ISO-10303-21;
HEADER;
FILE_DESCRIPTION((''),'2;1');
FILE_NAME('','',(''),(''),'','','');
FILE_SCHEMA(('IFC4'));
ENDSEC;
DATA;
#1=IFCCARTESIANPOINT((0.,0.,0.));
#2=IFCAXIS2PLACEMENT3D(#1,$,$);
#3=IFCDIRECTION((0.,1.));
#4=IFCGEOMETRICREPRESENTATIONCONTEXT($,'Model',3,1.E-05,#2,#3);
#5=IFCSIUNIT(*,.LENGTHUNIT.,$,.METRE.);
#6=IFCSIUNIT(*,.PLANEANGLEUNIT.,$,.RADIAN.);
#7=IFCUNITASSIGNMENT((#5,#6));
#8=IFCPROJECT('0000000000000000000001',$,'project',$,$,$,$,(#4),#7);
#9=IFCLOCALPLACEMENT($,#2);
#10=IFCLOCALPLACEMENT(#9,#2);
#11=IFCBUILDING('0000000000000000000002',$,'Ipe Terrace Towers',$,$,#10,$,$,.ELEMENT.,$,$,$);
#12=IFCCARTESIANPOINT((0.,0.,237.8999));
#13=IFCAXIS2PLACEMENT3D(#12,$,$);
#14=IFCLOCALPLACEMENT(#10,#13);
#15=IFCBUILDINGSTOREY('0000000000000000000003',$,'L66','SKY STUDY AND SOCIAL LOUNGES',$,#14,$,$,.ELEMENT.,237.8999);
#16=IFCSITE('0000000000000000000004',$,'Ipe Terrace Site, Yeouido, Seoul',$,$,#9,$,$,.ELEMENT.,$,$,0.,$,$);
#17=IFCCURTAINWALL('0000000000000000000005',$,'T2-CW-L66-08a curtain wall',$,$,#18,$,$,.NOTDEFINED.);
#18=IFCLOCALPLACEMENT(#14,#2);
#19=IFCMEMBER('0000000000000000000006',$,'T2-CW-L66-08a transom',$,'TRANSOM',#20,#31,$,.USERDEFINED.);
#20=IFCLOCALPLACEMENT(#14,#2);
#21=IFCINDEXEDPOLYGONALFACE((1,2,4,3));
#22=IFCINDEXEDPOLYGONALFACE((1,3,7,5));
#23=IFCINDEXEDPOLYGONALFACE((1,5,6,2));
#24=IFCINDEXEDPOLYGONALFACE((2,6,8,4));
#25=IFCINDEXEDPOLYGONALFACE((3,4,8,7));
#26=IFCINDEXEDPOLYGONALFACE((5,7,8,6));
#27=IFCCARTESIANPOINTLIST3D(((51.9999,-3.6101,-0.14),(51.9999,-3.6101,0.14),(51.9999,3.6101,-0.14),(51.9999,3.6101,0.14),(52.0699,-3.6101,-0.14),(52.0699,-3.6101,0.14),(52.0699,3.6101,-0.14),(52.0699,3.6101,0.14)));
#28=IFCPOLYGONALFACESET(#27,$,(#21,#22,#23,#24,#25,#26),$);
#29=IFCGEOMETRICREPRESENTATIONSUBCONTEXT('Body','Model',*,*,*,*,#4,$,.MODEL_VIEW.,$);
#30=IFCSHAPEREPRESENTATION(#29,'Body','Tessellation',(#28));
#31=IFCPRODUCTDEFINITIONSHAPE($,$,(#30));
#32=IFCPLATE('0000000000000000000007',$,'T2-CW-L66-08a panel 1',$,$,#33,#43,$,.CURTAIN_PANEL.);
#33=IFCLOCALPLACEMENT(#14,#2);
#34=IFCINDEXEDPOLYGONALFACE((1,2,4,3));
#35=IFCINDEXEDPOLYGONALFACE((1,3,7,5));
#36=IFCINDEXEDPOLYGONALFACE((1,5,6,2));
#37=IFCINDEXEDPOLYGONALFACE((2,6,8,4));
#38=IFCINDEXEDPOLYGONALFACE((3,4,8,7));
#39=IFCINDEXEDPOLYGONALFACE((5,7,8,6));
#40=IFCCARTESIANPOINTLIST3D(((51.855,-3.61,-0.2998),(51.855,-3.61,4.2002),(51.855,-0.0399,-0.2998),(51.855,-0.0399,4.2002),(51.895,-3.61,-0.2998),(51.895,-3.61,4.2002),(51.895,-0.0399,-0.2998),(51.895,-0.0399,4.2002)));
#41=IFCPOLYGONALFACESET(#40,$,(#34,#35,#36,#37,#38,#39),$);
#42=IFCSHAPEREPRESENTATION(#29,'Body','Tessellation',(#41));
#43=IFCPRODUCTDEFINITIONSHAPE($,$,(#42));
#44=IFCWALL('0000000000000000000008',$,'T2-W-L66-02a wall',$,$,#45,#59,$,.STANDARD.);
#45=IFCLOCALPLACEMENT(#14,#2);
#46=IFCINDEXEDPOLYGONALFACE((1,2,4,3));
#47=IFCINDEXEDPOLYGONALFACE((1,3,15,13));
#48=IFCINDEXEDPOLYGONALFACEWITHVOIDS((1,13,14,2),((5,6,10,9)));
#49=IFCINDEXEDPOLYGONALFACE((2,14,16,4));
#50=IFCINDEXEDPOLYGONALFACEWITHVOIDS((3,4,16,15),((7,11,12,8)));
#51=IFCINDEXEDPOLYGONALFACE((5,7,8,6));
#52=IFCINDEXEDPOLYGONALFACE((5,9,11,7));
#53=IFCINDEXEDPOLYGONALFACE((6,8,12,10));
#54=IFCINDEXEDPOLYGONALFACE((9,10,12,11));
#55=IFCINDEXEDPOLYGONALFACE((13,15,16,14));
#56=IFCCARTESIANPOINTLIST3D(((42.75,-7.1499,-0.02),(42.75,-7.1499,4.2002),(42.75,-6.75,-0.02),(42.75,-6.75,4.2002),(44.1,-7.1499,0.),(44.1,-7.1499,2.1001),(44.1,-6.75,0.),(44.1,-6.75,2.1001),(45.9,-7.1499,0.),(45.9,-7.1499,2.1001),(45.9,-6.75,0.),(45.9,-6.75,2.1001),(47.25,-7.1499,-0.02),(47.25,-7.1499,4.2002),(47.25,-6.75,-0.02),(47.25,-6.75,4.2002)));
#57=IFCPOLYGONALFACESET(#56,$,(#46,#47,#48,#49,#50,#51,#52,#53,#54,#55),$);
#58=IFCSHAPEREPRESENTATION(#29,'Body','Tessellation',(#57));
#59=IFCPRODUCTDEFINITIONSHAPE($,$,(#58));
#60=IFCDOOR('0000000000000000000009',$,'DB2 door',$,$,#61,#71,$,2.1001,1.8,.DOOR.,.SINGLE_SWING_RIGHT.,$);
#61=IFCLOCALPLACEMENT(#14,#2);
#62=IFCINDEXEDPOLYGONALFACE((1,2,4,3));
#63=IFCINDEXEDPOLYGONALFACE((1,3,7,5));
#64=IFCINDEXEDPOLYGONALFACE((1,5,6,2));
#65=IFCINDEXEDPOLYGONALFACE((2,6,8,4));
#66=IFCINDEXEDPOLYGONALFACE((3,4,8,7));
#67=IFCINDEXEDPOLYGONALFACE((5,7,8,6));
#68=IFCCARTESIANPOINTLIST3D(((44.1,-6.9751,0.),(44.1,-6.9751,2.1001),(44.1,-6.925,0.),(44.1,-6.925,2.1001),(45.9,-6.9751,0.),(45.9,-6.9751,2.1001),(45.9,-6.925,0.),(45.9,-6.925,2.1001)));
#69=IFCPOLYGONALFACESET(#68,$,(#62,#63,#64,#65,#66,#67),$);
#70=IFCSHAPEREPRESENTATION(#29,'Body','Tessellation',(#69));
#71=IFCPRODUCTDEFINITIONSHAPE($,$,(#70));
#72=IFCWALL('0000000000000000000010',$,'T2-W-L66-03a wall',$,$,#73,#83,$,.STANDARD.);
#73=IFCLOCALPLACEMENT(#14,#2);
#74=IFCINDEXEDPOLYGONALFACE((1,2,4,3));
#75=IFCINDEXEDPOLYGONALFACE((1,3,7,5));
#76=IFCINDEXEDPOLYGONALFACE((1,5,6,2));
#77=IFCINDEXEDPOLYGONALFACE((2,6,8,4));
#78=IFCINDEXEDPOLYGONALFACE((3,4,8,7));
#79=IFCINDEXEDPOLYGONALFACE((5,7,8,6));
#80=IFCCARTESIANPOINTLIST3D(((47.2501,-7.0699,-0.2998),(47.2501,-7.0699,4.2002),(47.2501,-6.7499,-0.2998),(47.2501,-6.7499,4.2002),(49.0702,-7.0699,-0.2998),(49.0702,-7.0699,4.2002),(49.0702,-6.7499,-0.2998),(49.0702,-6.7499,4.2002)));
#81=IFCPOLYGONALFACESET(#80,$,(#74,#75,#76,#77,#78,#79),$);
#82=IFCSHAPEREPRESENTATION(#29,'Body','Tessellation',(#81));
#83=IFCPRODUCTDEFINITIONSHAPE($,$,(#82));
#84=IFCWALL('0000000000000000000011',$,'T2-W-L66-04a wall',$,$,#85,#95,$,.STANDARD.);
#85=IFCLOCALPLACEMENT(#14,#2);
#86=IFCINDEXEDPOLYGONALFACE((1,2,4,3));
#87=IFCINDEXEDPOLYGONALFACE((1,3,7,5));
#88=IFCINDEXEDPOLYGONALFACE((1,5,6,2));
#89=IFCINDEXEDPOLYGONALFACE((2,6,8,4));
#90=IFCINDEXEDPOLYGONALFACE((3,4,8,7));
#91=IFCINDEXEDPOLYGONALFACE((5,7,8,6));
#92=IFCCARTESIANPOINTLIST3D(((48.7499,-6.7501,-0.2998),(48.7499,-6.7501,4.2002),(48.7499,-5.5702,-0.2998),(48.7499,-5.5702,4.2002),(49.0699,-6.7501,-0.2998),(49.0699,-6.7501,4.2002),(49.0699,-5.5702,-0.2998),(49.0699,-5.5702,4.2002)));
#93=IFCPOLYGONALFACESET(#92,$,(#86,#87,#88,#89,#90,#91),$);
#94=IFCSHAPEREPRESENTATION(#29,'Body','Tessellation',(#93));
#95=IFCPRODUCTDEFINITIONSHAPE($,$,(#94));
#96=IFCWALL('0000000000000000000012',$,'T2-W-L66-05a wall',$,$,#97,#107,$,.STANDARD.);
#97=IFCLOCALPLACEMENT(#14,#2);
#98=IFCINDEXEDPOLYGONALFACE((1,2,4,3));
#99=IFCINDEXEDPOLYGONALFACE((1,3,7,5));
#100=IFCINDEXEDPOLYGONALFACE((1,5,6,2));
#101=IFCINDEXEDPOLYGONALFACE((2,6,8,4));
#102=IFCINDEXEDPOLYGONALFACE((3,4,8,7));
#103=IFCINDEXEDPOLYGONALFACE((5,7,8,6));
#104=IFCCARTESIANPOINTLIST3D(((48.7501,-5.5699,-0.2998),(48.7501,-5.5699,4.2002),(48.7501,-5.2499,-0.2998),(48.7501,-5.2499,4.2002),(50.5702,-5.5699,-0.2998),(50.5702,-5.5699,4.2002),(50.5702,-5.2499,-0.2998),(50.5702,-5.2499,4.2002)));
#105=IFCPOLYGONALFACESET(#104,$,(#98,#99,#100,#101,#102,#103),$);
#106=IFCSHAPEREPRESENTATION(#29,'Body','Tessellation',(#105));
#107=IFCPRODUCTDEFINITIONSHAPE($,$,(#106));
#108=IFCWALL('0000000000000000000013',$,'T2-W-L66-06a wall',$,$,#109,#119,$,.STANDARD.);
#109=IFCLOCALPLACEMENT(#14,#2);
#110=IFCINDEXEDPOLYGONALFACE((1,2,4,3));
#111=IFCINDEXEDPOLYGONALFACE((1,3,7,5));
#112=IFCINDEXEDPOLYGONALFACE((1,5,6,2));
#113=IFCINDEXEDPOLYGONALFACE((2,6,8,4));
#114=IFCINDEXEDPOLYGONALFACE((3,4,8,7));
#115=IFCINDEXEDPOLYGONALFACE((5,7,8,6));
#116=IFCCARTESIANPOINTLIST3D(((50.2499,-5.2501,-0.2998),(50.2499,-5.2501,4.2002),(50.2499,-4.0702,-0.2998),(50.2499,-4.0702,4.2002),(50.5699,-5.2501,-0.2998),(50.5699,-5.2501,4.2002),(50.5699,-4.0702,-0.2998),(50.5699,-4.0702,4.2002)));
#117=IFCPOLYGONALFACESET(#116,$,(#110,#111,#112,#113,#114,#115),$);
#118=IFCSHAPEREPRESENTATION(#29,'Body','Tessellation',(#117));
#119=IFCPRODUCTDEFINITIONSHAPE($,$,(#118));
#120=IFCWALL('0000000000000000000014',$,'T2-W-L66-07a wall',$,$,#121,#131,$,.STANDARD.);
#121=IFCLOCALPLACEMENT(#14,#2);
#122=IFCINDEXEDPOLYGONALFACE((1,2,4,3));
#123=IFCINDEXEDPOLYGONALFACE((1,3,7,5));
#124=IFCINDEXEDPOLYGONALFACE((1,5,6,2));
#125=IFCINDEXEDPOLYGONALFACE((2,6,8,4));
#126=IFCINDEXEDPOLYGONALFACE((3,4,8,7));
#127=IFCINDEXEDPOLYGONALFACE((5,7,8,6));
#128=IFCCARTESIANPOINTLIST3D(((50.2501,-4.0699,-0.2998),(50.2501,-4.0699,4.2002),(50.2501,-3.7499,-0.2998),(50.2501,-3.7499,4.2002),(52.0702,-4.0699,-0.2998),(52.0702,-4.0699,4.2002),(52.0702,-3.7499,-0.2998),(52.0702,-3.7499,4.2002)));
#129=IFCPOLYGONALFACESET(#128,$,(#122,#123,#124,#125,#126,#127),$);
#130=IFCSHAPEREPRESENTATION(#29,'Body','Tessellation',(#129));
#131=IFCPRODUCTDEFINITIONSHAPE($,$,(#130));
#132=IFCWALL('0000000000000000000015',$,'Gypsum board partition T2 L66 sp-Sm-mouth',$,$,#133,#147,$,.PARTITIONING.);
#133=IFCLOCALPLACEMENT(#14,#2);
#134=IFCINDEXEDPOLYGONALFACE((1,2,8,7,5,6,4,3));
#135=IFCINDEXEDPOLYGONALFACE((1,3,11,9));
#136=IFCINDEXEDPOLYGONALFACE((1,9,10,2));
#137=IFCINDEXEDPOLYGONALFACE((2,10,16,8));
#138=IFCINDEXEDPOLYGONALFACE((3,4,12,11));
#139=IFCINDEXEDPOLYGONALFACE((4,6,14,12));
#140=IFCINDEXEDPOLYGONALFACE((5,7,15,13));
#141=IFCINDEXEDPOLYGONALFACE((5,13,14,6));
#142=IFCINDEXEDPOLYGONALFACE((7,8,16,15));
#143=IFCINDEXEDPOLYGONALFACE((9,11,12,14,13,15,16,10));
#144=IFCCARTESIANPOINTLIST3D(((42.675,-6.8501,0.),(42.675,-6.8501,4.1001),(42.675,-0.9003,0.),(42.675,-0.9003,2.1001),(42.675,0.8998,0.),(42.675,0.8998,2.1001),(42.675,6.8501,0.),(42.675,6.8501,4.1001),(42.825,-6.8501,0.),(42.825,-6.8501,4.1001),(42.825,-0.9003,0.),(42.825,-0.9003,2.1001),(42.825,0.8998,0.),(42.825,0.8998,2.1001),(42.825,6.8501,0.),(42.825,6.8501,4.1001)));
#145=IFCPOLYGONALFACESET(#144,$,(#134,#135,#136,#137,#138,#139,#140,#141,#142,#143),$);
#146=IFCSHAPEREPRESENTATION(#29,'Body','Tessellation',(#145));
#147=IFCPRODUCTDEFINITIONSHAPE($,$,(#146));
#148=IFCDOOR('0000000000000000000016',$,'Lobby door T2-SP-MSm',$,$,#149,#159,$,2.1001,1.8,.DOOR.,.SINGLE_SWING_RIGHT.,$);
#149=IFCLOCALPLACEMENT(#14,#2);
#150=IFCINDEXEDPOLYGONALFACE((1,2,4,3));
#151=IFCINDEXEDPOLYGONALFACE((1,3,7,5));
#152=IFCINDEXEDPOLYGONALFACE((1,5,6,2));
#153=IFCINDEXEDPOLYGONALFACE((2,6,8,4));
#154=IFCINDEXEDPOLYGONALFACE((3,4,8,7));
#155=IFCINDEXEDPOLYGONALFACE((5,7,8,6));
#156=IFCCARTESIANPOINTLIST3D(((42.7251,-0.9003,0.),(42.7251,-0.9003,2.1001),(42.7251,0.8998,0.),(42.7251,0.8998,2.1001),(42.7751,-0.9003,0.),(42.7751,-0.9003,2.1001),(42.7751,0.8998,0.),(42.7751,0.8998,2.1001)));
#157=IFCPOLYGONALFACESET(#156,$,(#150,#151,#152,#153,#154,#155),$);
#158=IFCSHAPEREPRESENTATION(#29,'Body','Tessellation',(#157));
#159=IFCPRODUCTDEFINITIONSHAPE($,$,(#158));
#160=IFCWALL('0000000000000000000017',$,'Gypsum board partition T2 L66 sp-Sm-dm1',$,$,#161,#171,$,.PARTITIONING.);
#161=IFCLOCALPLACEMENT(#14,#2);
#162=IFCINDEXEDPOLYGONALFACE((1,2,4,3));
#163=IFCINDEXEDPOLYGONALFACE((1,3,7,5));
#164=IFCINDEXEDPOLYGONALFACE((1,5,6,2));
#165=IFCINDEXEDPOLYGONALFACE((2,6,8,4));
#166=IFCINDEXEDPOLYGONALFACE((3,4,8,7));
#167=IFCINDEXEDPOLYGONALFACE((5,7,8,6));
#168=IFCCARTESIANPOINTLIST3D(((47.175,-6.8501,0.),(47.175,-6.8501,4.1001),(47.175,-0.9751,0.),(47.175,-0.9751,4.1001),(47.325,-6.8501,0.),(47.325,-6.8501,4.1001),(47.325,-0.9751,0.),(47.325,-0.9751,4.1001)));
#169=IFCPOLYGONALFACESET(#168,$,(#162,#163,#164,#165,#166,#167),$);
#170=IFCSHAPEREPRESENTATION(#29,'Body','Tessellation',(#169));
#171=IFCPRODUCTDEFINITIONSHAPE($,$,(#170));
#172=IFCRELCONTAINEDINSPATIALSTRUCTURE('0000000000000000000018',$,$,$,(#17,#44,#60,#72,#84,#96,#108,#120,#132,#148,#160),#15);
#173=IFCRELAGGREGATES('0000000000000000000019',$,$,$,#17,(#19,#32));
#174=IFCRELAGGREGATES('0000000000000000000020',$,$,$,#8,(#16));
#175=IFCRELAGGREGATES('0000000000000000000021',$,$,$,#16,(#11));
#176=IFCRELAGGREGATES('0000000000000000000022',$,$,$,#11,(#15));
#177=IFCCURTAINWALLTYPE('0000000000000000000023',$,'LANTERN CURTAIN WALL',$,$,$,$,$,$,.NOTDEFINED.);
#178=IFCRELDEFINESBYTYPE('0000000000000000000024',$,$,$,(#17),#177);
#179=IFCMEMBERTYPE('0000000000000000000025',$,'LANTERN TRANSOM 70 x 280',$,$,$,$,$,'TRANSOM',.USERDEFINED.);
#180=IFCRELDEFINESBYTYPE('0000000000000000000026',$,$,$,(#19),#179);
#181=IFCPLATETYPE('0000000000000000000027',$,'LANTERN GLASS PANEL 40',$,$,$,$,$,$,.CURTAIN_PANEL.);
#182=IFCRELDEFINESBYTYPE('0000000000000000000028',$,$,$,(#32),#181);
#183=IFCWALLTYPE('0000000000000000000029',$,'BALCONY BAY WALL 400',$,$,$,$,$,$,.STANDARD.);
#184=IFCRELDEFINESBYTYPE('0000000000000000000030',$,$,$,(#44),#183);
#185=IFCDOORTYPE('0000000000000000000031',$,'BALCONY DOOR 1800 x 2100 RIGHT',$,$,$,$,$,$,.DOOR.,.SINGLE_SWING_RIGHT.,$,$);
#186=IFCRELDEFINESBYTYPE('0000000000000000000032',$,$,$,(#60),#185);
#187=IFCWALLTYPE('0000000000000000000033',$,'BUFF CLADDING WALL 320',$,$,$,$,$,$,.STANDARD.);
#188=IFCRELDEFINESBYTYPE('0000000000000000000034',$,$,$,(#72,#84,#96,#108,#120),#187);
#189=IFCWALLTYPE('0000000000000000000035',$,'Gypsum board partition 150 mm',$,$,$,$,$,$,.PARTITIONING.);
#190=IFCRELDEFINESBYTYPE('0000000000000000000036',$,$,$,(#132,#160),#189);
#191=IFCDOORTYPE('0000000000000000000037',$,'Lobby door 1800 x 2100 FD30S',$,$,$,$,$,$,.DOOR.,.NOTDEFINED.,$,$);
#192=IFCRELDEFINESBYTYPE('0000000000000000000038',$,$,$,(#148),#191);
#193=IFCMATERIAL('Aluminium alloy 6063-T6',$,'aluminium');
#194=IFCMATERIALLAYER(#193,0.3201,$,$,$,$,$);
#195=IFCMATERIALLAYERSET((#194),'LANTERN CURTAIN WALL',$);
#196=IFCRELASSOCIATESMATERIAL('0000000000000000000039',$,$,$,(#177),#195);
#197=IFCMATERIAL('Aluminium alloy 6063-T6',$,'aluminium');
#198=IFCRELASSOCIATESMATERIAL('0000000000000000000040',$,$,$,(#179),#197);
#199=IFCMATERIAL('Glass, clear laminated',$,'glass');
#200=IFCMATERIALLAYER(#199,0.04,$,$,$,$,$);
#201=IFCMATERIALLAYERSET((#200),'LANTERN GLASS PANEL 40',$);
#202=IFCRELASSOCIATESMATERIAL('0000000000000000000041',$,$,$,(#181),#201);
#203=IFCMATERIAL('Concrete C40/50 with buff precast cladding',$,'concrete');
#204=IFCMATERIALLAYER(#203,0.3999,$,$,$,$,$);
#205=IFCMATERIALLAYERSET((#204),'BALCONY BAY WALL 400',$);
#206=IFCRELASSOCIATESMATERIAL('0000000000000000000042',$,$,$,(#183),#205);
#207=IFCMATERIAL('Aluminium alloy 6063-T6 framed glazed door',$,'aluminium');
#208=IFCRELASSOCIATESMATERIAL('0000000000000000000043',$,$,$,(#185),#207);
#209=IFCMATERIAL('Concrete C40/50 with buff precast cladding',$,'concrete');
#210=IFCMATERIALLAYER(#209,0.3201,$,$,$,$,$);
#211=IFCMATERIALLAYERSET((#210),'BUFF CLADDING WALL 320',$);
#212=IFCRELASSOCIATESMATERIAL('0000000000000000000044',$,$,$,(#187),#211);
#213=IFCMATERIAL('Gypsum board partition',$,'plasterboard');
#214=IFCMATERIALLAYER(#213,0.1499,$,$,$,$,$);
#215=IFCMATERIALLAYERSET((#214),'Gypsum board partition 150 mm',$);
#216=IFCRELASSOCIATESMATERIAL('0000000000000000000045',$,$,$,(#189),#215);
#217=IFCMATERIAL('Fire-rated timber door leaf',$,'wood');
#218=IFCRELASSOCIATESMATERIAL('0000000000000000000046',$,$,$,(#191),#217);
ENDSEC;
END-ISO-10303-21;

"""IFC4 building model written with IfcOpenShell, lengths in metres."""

from ifc_helpers import new_model, si_unit, direction, frame, frame_2d, origin, origin_2d, place, context, subcontext, project, spatial, rectangle, extrude, material, layer, layer_set, material_profile, profile_set, type_object, element, fill, aggregate, save


model = new_model("IFC4")

# Units and contexts
model_context = context("Model", 3, precision=1e-05, world=origin(), true_north=direction((0.0, 1.0)))
body_context = subcontext(model_context, "Body", "Model", "MODEL_VIEW")
ifc_project = project(units=[si_unit("LENGTHUNIT", "METRE"), si_unit("PLANEANGLEUNIT", "RADIAN")], contexts=[model_context])

# Site, building, storey
site_placement = place(None, origin())
site = spatial("IfcSite", under=ifc_project, at=site_placement, Name="Ipe Terrace Site, Yeouido, Seoul", CompositionType="ELEMENT", RefElevation=0.0)
building_placement = place(site_placement, origin())
building = spatial("IfcBuilding", under=site, at=building_placement, Name="Ipe Terrace Towers", CompositionType="ELEMENT")
storey_placement = place(building_placement, frame((0.0, 0.0, 237.8999)))
storey = spatial("IfcBuildingStorey", under=building, at=storey_placement, Name="L66", Description="SKY STUDY AND SOCIAL LOUNGES", CompositionType="ELEMENT", Elevation=237.8999)

# Curtain wall, member, plate
ifc_material_1 = material(Name="Aluminium alloy 6063-T6", Category="aluminium")
ifc_layer_1 = layer(ifc_material_1, 0.3201)
ifc_layer_set_1 = layer_set([ifc_layer_1], Name="LANTERN CURTAIN WALL")
curtain_wall_type = type_object("IfcCurtainWallType", Name="LANTERN CURTAIN WALL", PredefinedType="NOTDEFINED", material=ifc_layer_set_1)
curtain_wall_placement = place(storey_placement, origin())
curtain_wall = element("IfcCurtainWall", 1, at=curtain_wall_placement, inside=storey, type_object=curtain_wall_type, Name="T2-CW-L66-08a curtain wall", PredefinedType="NOTDEFINED")
ifc_material_2 = material(Name="Aluminium alloy 6063-T6", Category="aluminium")
ifc_material_profile_1 = material_profile(ifc_material_2, rectangle(XDim=0.0701, YDim=0.28, at=origin_2d()), Name="LANTERN TRANSOM 70 x 280")
ifc_profile_set_1 = profile_set([ifc_material_profile_1], Name="Aluminium alloy 6063-T6")
member_type_1 = type_object("IfcMemberType", Name="LANTERN TRANSOM 70 x 280", ElementType="TRANSOM", PredefinedType="USERDEFINED", material=ifc_profile_set_1)
member_1_placement = place(storey_placement, frame((52.0349, -3.6101, 0.0), z_axis=(0.0, 1.0, 0.0), x_axis=(1.0, 0.0, 0.0)))
member_1 = element("IfcMember", 2, at=member_1_placement, type_object=member_type_1, Name="T2-CW-L66-08a transom", ObjectType="TRANSOM", PredefinedType="USERDEFINED", context=body_context, shape_type="SweptSolid", body=[
    extrude(rectangle(XDim=0.0701, YDim=0.28, at=origin_2d()), origin(), (0.0, 0.0, 1.0), 7.2202),
])
ifc_material_3 = material(Name="Glass, clear laminated", Category="glass")
ifc_layer_2 = layer(ifc_material_3, 0.04)
ifc_layer_set_2 = layer_set([ifc_layer_2], Name="LANTERN GLASS PANEL 40")
plate_type = type_object("IfcPlateType", Name="LANTERN GLASS PANEL 40", PredefinedType="CURTAIN_PANEL", material=ifc_layer_set_2)
plate_placement = place(storey_placement, frame((51.875, -1.825, -0.2998), z_axis=(0.0, 0.0, 1.0), x_axis=(0.0, 1.0, 0.0)))
plate = element("IfcPlate", 3, at=plate_placement, type_object=plate_type, Name="T2-CW-L66-08a panel 1", PredefinedType="CURTAIN_PANEL", context=body_context, shape_type="SweptSolid", body=[
    extrude(rectangle(XDim=3.5701, YDim=0.04, at=origin_2d()), origin(), (0.0, 0.0, 1.0), 4.5),
])
aggregate(curtain_wall, [member_1, plate])

# Wall, opening, door
ifc_material_4 = material(Name="Concrete C40/50 with buff precast cladding", Category="concrete")
ifc_layer_3 = layer(ifc_material_4, 0.3999)
ifc_layer_set_3 = layer_set([ifc_layer_3], Name="BALCONY BAY WALL 400")
wall_type_1 = type_object("IfcWallType", Name="BALCONY BAY WALL 400", PredefinedType="STANDARD", material=ifc_layer_set_3)
wall_1_placement = place(storey_placement, frame((42.75, -6.95, -0.02), z_axis=(0.0, 0.0, 1.0), x_axis=(1.0, 0.0, 0.0)))
wall_1 = element("IfcWall", 4, at=wall_1_placement, inside=storey, type_object=wall_type_1, Name="T2-W-L66-02a wall", PredefinedType="STANDARD", context=body_context, shape_type="SweptSolid", body=[
    extrude(rectangle(XDim=4.5, YDim=0.3999, at=frame_2d((2.25, 0.0))), origin(), (0.0, 0.0, 1.0), 4.2202),
])
opening_1_placement = place(wall_1_placement, frame((1.3501, 0.0, 0.02)))
opening_1 = element("IfcOpeningElement", 5, at=opening_1_placement, cuts=wall_1, PredefinedType="OPENING", context=body_context, shape_type="SweptSolid", body=[
    extrude(rectangle(XDim=1.8, YDim=2.1001, at=frame_2d((0.8999, 1.05))), frame((0.0, 0.21, 0.0), z_axis=(0.0, -1.0, 0.0), x_axis=(1.0, 0.0, 0.0)), (0.0, 0.0, 1.0), 0.4199),
])
ifc_material_5 = material(Name="Aluminium alloy 6063-T6 framed glazed door", Category="aluminium")
door_type_1 = type_object("IfcDoorType", Name="BALCONY DOOR 1800 x 2100 RIGHT", OperationType="SINGLE_SWING_RIGHT", PredefinedType="DOOR", material=ifc_material_5)
door_1_placement = place(opening_1_placement, origin())
door_1 = element("IfcDoor", 6, at=door_1_placement, inside=storey, type_object=door_type_1, Name="DB2 door", OperationType="SINGLE_SWING_RIGHT", OverallHeight=2.1001, OverallWidth=1.8, PredefinedType="DOOR", context=body_context, shape_type="SweptSolid", body=[
    extrude(rectangle(XDim=1.8, YDim=2.1001, at=frame_2d((0.8999, 1.05))), frame((0.0, 0.0249, 0.0), z_axis=(0.0, -1.0, 0.0), x_axis=(1.0, 0.0, 0.0)), (0.0, 0.0, 1.0), 0.05),
])
fill(opening_1, door_1)

# Walls
ifc_material_6 = material(Name="Concrete C40/50 with buff precast cladding", Category="concrete")
ifc_layer_4 = layer(ifc_material_6, 0.3201)
ifc_layer_set_4 = layer_set([ifc_layer_4], Name="BUFF CLADDING WALL 320")
wall_type_2 = type_object("IfcWallType", Name="BUFF CLADDING WALL 320", PredefinedType="STANDARD", material=ifc_layer_set_4)
wall_2_placement = place(storey_placement, frame((47.25, -6.9099, -0.2998), z_axis=(0.0, 0.0, 1.0), x_axis=(1.0, 0.0, 0.0)))
element("IfcWall", 7, at=wall_2_placement, inside=storey, type_object=wall_type_2, Name="T2-W-L66-03a wall", PredefinedType="STANDARD", context=body_context, shape_type="SweptSolid", body=[
    extrude(rectangle(XDim=1.8201, YDim=0.3201, at=frame_2d((0.9102, 0.0))), origin(), (0.0, 0.0, 1.0), 4.5),
])
wall_3_placement = place(storey_placement, frame((48.9099, -6.75, -0.2998), z_axis=(0.0, 0.0, 1.0), x_axis=(0.0, 1.0, 0.0)))
element("IfcWall", 8, at=wall_3_placement, inside=storey, type_object=wall_type_2, Name="T2-W-L66-04a wall", PredefinedType="STANDARD", context=body_context, shape_type="SweptSolid", body=[
    extrude(rectangle(XDim=1.1799, YDim=0.3201, at=frame_2d((0.5898, 0.0))), origin(), (0.0, 0.0, 1.0), 4.5),
])
wall_4_placement = place(storey_placement, frame((48.75, -5.4099, -0.2998), z_axis=(0.0, 0.0, 1.0), x_axis=(1.0, 0.0, 0.0)))
element("IfcWall", 9, at=wall_4_placement, inside=storey, type_object=wall_type_2, Name="T2-W-L66-05a wall", PredefinedType="STANDARD", context=body_context, shape_type="SweptSolid", body=[
    extrude(rectangle(XDim=1.8201, YDim=0.3201, at=frame_2d((0.9102, 0.0))), origin(), (0.0, 0.0, 1.0), 4.5),
])
wall_5_placement = place(storey_placement, frame((50.4099, -5.25, -0.2998), z_axis=(0.0, 0.0, 1.0), x_axis=(0.0, 1.0, 0.0)))
element("IfcWall", 10, at=wall_5_placement, inside=storey, type_object=wall_type_2, Name="T2-W-L66-06a wall", PredefinedType="STANDARD", context=body_context, shape_type="SweptSolid", body=[
    extrude(rectangle(XDim=1.1799, YDim=0.3201, at=frame_2d((0.5898, 0.0))), origin(), (0.0, 0.0, 1.0), 4.5),
])
wall_6_placement = place(storey_placement, frame((50.25, -3.9099, -0.2998), z_axis=(0.0, 0.0, 1.0), x_axis=(1.0, 0.0, 0.0)))
element("IfcWall", 11, at=wall_6_placement, inside=storey, type_object=wall_type_2, Name="T2-W-L66-07a wall", PredefinedType="STANDARD", context=body_context, shape_type="SweptSolid", body=[
    extrude(rectangle(XDim=1.8201, YDim=0.3201, at=frame_2d((0.9102, 0.0))), origin(), (0.0, 0.0, 1.0), 4.5),
])

# Wall, opening, door
ifc_material_7 = material(Name="Gypsum board partition", Category="plasterboard")
ifc_layer_5 = layer(ifc_material_7, 0.1499)
ifc_layer_set_5 = layer_set([ifc_layer_5], Name="Gypsum board partition 150 mm")
wall_type_3 = type_object("IfcWallType", Name="Gypsum board partition 150 mm", PredefinedType="PARTITIONING", material=ifc_layer_set_5)
wall_7_placement = place(storey_placement, frame((42.75, -6.8501, 0.0), z_axis=(0.0, 0.0, 1.0), x_axis=(0.0, 1.0, 0.0)))
wall_7 = element("IfcWall", 12, at=wall_7_placement, inside=storey, type_object=wall_type_3, Name="Gypsum board partition T2 L66 sp-Sm-mouth", PredefinedType="PARTITIONING", context=body_context, shape_type="SweptSolid", body=[
    extrude(rectangle(XDim=13.7002, YDim=0.1499, at=frame_2d((6.8501, 0.0))), origin(), (0.0, 0.0, 1.0), 4.1001),
])
opening_2_placement = place(wall_7_placement, frame((5.95, 0.0, 0.0)))
opening_2 = element("IfcOpeningElement", 13, at=opening_2_placement, cuts=wall_7, PredefinedType="OPENING", context=body_context, shape_type="SweptSolid", body=[
    extrude(rectangle(XDim=1.8, YDim=2.1001, at=frame_2d((0.8999, 1.05))), frame((0.0, 0.085, 0.0), z_axis=(0.0, -1.0, 0.0), x_axis=(1.0, 0.0, 0.0)), (0.0, 0.0, 1.0), 0.1699),
])
ifc_material_8 = material(Name="Fire-rated timber door leaf", Category="wood")
door_type_2 = type_object("IfcDoorType", Name="Lobby door 1800 x 2100 FD30S", OperationType="NOTDEFINED", PredefinedType="DOOR", material=ifc_material_8)
door_2_placement = place(opening_2_placement, origin())
door_2 = element("IfcDoor", 14, at=door_2_placement, inside=storey, type_object=door_type_2, Name="Lobby door T2-SP-MSm", OperationType="SINGLE_SWING_RIGHT", OverallHeight=2.1001, OverallWidth=1.8, PredefinedType="DOOR", context=body_context, shape_type="SweptSolid", body=[
    extrude(rectangle(XDim=1.8, YDim=2.1001, at=frame_2d((0.8999, 1.05))), frame((0.0, 0.0249, 0.0), z_axis=(0.0, -1.0, 0.0), x_axis=(1.0, 0.0, 0.0)), (0.0, 0.0, 1.0), 0.05),
])
fill(opening_2, door_2)

# Wall
wall_8_placement = place(storey_placement, frame((47.25, -0.9751, 0.0), z_axis=(0.0, 0.0, 1.0), x_axis=(0.0, -1.0, 0.0)))
element("IfcWall", 15, at=wall_8_placement, inside=storey, type_object=wall_type_3, Name="Gypsum board partition T2 L66 sp-Sm-dm1", PredefinedType="PARTITIONING", context=body_context, shape_type="SweptSolid", body=[
    extrude(rectangle(XDim=5.875, YDim=0.1499, at=frame_2d((2.9375, 0.0))), origin(), (0.0, 0.0, 1.0), 4.1001),
])

save(model, "model.ifc")
